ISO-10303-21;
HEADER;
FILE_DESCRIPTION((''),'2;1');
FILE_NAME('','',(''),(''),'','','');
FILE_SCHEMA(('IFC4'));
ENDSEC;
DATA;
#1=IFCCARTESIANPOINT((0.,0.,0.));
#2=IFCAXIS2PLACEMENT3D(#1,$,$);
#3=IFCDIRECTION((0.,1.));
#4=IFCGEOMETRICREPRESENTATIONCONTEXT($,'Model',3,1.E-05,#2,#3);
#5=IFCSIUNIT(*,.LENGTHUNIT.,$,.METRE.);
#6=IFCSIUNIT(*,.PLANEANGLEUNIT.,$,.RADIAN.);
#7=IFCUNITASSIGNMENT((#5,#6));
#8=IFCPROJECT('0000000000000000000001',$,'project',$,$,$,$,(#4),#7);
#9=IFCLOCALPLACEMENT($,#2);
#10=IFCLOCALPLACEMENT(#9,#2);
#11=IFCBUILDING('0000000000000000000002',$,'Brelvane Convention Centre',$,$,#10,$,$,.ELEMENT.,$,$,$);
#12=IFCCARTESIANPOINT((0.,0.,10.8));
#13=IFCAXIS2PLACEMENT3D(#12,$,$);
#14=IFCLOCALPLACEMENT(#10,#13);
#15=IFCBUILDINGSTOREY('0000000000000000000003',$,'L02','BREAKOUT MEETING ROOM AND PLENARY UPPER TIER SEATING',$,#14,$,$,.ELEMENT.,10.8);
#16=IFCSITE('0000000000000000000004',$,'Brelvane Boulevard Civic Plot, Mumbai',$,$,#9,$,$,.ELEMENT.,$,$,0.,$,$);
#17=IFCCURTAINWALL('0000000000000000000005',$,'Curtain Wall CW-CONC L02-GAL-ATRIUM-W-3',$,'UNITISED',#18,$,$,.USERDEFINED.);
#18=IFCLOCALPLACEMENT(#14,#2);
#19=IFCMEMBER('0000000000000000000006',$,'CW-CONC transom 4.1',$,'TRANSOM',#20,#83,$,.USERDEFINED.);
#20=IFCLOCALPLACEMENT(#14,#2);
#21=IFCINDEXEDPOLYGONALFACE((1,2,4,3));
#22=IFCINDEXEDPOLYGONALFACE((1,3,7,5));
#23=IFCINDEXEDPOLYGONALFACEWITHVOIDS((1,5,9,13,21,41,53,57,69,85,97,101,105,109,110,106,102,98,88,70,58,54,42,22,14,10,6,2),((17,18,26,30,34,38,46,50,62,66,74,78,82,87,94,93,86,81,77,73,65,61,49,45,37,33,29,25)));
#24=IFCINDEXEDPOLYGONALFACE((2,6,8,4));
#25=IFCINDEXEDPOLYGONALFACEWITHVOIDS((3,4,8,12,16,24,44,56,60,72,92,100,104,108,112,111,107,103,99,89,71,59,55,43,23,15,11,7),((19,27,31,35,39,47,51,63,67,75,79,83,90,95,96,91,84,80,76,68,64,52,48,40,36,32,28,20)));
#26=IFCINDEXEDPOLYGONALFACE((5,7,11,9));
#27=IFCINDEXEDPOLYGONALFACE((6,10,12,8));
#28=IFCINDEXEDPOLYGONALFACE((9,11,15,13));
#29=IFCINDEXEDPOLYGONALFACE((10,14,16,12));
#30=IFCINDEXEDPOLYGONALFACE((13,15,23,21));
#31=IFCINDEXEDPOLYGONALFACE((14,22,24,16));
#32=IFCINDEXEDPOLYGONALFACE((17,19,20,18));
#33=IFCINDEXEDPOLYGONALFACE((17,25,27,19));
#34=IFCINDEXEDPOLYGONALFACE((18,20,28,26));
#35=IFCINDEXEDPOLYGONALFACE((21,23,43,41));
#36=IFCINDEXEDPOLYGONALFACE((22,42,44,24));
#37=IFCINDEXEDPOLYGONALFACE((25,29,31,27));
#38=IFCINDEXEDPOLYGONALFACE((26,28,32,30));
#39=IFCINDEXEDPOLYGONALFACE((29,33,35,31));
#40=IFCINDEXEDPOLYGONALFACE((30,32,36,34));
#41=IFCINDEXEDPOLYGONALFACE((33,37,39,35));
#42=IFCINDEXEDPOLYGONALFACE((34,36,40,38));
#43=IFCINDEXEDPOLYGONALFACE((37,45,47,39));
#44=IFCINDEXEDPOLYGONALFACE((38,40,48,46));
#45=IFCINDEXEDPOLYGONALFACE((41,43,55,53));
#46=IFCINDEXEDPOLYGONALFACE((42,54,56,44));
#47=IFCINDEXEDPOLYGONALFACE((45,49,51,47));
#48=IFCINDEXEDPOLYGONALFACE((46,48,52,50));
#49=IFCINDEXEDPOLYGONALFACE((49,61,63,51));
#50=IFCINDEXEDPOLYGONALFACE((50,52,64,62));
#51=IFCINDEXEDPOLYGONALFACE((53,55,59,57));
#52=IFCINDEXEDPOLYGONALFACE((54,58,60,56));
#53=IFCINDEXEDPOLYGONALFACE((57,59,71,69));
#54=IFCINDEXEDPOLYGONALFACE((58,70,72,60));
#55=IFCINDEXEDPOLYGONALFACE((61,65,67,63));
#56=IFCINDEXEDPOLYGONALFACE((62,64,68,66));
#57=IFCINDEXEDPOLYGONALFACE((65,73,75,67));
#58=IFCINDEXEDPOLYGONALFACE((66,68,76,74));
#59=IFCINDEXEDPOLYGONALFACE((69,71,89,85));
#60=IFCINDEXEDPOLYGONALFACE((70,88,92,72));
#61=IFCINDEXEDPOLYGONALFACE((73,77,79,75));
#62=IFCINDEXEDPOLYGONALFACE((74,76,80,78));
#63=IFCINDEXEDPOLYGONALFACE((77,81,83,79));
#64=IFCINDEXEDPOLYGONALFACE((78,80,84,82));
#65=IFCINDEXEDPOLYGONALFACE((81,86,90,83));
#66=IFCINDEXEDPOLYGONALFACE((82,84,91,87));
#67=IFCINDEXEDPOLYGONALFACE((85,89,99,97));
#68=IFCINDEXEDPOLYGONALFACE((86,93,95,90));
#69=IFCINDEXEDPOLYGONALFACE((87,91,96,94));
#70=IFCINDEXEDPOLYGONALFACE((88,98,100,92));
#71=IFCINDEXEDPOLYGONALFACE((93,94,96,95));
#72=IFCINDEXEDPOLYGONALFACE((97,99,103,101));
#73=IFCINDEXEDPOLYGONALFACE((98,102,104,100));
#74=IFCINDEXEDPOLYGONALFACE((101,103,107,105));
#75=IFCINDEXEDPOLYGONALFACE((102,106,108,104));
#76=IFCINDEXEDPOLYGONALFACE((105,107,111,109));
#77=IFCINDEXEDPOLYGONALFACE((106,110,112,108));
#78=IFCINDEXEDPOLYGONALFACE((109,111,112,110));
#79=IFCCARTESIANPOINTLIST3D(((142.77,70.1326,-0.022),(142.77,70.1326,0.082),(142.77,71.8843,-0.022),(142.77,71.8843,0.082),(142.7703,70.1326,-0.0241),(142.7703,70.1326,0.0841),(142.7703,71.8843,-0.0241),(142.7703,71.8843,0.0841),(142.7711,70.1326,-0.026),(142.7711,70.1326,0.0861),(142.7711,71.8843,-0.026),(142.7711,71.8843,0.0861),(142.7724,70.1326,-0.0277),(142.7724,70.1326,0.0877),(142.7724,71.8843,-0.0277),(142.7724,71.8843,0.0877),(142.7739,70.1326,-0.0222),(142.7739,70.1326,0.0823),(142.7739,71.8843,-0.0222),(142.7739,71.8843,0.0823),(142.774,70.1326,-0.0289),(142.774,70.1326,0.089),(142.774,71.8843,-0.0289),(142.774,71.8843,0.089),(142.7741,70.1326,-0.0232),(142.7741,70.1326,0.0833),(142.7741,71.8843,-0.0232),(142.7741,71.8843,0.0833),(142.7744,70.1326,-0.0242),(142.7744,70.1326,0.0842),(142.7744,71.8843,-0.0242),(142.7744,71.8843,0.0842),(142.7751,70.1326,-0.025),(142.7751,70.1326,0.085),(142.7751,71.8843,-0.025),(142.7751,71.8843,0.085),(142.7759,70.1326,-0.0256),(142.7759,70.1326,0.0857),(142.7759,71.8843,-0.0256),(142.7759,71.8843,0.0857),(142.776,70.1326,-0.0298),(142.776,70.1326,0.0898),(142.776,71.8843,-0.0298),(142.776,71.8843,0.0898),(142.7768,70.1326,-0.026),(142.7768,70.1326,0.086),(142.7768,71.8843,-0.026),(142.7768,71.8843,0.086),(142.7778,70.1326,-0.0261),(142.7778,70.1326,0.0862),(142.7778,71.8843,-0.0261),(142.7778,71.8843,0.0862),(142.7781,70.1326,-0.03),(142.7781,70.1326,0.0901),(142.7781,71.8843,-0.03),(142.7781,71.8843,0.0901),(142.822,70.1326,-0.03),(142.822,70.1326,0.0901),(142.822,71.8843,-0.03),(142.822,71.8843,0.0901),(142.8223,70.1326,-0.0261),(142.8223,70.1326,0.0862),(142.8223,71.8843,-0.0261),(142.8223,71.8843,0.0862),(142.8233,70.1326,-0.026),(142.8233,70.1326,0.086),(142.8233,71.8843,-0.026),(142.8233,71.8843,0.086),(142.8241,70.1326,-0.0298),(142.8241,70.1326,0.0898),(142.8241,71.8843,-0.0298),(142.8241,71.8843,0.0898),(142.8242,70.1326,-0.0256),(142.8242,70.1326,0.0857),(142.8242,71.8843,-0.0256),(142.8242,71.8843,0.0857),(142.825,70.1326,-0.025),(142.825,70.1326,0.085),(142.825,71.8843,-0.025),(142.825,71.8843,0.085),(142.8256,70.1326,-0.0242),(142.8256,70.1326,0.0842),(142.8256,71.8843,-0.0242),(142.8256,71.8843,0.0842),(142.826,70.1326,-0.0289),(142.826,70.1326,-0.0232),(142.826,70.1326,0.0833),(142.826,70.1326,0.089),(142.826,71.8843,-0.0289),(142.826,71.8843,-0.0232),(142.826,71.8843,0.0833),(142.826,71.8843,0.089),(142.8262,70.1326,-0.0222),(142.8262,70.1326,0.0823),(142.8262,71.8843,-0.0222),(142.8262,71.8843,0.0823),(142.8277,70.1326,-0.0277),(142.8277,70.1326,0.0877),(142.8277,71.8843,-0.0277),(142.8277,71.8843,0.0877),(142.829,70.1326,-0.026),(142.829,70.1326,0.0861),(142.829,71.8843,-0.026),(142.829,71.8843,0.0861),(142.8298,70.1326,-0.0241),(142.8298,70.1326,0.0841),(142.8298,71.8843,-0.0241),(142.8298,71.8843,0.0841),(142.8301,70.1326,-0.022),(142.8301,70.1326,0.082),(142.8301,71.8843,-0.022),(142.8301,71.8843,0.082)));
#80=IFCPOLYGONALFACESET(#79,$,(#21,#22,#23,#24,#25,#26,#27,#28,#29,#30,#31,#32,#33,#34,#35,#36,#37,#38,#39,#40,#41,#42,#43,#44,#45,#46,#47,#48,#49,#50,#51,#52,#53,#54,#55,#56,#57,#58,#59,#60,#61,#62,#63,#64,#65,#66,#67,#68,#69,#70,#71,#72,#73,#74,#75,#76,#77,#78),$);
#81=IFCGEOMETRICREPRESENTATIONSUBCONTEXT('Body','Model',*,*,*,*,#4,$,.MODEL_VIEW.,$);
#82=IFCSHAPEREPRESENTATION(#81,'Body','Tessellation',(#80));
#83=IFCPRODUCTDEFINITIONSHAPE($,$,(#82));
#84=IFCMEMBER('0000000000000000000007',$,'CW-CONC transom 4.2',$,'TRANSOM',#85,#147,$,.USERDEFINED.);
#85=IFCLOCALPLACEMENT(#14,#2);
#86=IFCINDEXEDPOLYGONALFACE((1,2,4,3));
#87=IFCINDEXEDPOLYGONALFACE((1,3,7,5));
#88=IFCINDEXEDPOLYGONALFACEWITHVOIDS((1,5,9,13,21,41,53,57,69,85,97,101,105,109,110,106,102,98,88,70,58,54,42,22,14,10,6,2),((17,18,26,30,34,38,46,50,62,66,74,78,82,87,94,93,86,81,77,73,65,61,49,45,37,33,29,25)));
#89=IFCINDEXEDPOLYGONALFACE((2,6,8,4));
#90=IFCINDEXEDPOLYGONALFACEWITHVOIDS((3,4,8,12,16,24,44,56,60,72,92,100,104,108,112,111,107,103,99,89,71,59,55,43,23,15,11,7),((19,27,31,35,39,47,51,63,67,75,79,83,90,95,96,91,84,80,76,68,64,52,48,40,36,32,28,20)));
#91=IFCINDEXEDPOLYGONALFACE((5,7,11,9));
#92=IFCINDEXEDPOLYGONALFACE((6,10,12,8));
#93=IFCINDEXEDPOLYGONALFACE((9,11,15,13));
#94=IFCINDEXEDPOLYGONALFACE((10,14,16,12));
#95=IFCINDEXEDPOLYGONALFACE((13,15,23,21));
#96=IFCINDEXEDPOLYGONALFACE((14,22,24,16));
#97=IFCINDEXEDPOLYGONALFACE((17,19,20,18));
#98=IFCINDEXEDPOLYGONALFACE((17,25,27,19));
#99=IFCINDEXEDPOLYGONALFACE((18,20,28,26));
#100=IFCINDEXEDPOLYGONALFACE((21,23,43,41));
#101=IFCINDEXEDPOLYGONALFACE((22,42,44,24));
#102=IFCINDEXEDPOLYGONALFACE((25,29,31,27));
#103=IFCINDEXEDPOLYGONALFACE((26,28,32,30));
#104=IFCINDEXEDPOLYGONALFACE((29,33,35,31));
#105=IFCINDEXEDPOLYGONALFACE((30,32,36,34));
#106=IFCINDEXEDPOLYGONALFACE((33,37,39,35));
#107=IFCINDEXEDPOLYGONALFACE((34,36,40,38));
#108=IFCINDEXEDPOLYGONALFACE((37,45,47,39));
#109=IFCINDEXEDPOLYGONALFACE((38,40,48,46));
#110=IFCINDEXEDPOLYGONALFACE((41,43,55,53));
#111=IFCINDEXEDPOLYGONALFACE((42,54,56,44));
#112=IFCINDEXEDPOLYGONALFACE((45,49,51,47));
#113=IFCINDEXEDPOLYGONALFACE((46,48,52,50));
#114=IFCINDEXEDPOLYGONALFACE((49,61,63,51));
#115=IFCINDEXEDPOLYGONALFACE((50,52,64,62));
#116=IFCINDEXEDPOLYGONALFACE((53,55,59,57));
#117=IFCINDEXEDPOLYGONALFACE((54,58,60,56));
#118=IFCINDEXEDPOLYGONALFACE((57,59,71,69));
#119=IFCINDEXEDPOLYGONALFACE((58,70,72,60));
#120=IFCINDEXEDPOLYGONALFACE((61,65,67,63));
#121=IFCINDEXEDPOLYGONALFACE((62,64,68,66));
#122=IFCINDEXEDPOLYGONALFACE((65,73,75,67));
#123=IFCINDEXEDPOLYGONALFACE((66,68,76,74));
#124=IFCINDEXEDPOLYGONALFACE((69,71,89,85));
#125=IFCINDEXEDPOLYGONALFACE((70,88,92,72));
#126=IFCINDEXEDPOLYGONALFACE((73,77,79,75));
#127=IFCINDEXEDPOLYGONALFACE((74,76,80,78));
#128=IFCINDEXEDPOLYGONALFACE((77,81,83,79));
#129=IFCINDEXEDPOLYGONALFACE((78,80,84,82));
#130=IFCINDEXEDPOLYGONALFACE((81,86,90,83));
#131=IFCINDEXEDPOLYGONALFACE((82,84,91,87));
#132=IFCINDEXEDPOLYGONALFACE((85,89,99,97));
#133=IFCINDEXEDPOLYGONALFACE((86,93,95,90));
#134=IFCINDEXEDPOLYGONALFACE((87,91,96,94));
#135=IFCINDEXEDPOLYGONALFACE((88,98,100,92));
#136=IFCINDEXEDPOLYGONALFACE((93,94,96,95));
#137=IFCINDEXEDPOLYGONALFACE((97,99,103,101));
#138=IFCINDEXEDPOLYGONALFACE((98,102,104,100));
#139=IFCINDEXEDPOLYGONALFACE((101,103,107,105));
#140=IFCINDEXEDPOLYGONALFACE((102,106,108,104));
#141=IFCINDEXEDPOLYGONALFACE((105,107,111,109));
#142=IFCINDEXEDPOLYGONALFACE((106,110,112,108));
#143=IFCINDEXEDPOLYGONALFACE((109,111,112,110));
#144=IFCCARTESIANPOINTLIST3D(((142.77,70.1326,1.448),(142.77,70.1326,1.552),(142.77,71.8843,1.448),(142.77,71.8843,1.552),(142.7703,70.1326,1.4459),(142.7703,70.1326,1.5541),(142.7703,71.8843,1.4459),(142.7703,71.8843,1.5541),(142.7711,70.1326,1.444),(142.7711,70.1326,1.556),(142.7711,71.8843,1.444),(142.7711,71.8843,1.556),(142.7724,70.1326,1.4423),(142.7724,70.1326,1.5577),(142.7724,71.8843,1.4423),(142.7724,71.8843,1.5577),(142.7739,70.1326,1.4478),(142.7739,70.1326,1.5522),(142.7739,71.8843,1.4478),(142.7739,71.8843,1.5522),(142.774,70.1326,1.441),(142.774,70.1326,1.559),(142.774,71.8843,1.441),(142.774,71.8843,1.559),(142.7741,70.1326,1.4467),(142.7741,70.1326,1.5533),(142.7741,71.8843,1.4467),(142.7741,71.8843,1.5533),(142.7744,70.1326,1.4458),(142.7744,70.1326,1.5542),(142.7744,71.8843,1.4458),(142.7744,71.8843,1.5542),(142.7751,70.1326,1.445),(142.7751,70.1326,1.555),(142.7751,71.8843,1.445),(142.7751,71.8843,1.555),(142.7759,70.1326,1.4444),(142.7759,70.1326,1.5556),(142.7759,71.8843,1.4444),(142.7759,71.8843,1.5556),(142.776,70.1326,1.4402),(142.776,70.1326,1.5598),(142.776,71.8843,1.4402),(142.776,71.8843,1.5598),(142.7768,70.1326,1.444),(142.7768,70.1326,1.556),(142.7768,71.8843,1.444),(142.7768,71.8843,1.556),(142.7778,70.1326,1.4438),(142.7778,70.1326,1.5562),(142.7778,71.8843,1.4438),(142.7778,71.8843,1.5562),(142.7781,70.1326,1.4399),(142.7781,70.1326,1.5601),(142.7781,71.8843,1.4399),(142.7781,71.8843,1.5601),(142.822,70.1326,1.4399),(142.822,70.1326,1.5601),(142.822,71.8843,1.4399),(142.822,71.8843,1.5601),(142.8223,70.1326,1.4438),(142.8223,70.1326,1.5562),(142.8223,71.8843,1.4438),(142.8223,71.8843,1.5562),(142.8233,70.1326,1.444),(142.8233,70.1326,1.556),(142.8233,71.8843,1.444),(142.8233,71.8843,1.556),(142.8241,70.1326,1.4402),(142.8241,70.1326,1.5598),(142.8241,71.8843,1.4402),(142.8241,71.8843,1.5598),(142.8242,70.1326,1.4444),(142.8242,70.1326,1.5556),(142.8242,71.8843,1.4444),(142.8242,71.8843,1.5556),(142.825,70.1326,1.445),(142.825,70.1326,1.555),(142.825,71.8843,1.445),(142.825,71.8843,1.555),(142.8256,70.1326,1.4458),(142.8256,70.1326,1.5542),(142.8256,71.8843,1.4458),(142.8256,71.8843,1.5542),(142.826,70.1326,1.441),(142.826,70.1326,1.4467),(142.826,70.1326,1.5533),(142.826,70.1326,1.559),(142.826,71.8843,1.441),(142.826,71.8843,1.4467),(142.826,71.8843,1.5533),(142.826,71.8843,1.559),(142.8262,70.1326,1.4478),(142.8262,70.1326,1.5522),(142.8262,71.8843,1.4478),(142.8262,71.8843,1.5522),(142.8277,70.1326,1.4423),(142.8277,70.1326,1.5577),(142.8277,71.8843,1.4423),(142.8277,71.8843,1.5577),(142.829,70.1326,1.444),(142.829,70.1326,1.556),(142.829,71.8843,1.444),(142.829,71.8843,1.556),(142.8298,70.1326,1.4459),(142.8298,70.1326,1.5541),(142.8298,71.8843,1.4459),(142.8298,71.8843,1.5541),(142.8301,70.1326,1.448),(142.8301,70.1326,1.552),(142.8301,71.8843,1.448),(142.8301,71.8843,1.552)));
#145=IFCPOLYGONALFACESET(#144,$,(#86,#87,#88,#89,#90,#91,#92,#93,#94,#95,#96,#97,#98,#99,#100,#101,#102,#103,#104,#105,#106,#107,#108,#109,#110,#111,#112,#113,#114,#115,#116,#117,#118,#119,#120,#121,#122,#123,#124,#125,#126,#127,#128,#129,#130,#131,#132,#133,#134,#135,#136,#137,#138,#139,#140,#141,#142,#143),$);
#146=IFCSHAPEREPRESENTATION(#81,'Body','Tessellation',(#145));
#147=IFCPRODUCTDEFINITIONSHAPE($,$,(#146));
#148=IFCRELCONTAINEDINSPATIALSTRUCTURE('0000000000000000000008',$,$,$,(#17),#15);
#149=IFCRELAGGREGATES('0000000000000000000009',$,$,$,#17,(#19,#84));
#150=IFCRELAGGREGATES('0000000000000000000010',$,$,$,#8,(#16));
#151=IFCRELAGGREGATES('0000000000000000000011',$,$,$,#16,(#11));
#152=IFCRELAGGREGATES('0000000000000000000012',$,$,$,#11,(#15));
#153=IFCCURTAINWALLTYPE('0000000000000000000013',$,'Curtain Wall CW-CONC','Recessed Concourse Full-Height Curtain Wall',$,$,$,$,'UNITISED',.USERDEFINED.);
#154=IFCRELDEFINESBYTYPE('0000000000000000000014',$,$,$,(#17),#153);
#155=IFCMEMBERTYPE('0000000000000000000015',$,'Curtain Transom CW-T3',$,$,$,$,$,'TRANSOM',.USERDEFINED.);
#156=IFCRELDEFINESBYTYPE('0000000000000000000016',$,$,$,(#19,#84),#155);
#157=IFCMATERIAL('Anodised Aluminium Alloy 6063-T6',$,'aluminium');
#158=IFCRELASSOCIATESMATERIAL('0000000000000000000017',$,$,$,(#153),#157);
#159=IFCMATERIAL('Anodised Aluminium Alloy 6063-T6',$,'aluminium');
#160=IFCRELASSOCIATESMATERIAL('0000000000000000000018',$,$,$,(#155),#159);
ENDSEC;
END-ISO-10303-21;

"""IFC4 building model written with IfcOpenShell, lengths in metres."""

from ifc_helpers import new_model, si_unit, direction, frame, origin, origin_2d, place, context, subcontext, project, spatial, hollow_rectangle, extrude, material, material_profile, profile_set, type_object, element, aggregate, save


model = new_model("IFC4")

# Units and contexts
model_context = context("Model", 3, precision=1e-05, world=origin(), true_north=direction((0.0, 1.0)))
body_context = subcontext(model_context, "Body", "Model", "MODEL_VIEW")
ifc_project = project(units=[si_unit("LENGTHUNIT", "METRE"), si_unit("PLANEANGLEUNIT", "RADIAN")], contexts=[model_context])

# Site, building, storey
site_placement = place(None, origin())
site = spatial("IfcSite", under=ifc_project, at=site_placement, Name="Brelvane Boulevard Civic Plot, Mumbai", CompositionType="ELEMENT", RefElevation=0.0)
building_placement = place(site_placement, origin())
building = spatial("IfcBuilding", under=site, at=building_placement, Name="Brelvane Convention Centre", CompositionType="ELEMENT")
storey_placement = place(building_placement, frame((0.0, 0.0, 10.8)))
storey = spatial("IfcBuildingStorey", under=building, at=storey_placement, Name="L02", Description="BREAKOUT MEETING ROOM AND PLENARY UPPER TIER SEATING", CompositionType="ELEMENT", Elevation=10.8)

# Curtain wall, members
ifc_material_1 = material(Name="Anodised Aluminium Alloy 6063-T6", Category="aluminium")
curtain_wall_type = type_object("IfcCurtainWallType", Name="Curtain Wall CW-CONC", Description="Recessed Concourse Full-Height Curtain Wall", ElementType="UNITISED", PredefinedType="USERDEFINED", material=ifc_material_1)
curtain_wall_placement = place(storey_placement, origin())
curtain_wall = element("IfcCurtainWall", 1, at=curtain_wall_placement, inside=storey, type_object=curtain_wall_type, Name="Curtain Wall CW-CONC L02-GAL-ATRIUM-W-3", ObjectType="UNITISED", PredefinedType="USERDEFINED")
ifc_material_2 = material(Name="Anodised Aluminium Alloy 6063-T6", Category="aluminium")
ifc_material_profile_1 = material_profile(ifc_material_2, hollow_rectangle(XDim=0.0601, YDim=0.1201, WallThickness=0.0039, InnerFilletRadius=0.0039, OuterFilletRadius=0.0081, at=origin_2d()), Name="ALU-T 120x60x4.0")
ifc_profile_set_1 = profile_set([ifc_material_profile_1], Name="Anodised Aluminium Alloy 6063-T6")
member_type_1 = type_object("IfcMemberType", Name="Curtain Transom CW-T3", ElementType="TRANSOM", PredefinedType="USERDEFINED", material=ifc_profile_set_1)
member_1_placement = place(storey_placement, frame((142.8, 70.1326, 0.03), z_axis=(0.0, 1.0, 0.0), x_axis=(-1.0, 0.0, 0.0)))
member_1 = element("IfcMember", 2, at=member_1_placement, type_object=member_type_1, Name="CW-CONC transom 4.1", ObjectType="TRANSOM", PredefinedType="USERDEFINED", context=body_context, shape_type="SweptSolid", body=[
    extrude(hollow_rectangle(XDim=0.0601, YDim=0.1201, WallThickness=0.0039, InnerFilletRadius=0.0039, OuterFilletRadius=0.0081, at=origin_2d()), origin(), (0.0, 0.0, 1.0), 1.7517),
])
member_2_placement = place(storey_placement, frame((142.8, 70.1326, 1.5), z_axis=(0.0, 1.0, 0.0), x_axis=(-1.0, 0.0, 0.0)))
member_2 = element("IfcMember", 3, at=member_2_placement, type_object=member_type_1, Name="CW-CONC transom 4.2", ObjectType="TRANSOM", PredefinedType="USERDEFINED", context=body_context, shape_type="SweptSolid", body=[
    extrude(hollow_rectangle(XDim=0.0601, YDim=0.1201, WallThickness=0.0039, InnerFilletRadius=0.0039, OuterFilletRadius=0.0081, at=origin_2d()), origin(), (0.0, 0.0, 1.0), 1.7517),
])

aggregate(curtain_wall, [member_1, member_2])

save(model, "model.ifc")
